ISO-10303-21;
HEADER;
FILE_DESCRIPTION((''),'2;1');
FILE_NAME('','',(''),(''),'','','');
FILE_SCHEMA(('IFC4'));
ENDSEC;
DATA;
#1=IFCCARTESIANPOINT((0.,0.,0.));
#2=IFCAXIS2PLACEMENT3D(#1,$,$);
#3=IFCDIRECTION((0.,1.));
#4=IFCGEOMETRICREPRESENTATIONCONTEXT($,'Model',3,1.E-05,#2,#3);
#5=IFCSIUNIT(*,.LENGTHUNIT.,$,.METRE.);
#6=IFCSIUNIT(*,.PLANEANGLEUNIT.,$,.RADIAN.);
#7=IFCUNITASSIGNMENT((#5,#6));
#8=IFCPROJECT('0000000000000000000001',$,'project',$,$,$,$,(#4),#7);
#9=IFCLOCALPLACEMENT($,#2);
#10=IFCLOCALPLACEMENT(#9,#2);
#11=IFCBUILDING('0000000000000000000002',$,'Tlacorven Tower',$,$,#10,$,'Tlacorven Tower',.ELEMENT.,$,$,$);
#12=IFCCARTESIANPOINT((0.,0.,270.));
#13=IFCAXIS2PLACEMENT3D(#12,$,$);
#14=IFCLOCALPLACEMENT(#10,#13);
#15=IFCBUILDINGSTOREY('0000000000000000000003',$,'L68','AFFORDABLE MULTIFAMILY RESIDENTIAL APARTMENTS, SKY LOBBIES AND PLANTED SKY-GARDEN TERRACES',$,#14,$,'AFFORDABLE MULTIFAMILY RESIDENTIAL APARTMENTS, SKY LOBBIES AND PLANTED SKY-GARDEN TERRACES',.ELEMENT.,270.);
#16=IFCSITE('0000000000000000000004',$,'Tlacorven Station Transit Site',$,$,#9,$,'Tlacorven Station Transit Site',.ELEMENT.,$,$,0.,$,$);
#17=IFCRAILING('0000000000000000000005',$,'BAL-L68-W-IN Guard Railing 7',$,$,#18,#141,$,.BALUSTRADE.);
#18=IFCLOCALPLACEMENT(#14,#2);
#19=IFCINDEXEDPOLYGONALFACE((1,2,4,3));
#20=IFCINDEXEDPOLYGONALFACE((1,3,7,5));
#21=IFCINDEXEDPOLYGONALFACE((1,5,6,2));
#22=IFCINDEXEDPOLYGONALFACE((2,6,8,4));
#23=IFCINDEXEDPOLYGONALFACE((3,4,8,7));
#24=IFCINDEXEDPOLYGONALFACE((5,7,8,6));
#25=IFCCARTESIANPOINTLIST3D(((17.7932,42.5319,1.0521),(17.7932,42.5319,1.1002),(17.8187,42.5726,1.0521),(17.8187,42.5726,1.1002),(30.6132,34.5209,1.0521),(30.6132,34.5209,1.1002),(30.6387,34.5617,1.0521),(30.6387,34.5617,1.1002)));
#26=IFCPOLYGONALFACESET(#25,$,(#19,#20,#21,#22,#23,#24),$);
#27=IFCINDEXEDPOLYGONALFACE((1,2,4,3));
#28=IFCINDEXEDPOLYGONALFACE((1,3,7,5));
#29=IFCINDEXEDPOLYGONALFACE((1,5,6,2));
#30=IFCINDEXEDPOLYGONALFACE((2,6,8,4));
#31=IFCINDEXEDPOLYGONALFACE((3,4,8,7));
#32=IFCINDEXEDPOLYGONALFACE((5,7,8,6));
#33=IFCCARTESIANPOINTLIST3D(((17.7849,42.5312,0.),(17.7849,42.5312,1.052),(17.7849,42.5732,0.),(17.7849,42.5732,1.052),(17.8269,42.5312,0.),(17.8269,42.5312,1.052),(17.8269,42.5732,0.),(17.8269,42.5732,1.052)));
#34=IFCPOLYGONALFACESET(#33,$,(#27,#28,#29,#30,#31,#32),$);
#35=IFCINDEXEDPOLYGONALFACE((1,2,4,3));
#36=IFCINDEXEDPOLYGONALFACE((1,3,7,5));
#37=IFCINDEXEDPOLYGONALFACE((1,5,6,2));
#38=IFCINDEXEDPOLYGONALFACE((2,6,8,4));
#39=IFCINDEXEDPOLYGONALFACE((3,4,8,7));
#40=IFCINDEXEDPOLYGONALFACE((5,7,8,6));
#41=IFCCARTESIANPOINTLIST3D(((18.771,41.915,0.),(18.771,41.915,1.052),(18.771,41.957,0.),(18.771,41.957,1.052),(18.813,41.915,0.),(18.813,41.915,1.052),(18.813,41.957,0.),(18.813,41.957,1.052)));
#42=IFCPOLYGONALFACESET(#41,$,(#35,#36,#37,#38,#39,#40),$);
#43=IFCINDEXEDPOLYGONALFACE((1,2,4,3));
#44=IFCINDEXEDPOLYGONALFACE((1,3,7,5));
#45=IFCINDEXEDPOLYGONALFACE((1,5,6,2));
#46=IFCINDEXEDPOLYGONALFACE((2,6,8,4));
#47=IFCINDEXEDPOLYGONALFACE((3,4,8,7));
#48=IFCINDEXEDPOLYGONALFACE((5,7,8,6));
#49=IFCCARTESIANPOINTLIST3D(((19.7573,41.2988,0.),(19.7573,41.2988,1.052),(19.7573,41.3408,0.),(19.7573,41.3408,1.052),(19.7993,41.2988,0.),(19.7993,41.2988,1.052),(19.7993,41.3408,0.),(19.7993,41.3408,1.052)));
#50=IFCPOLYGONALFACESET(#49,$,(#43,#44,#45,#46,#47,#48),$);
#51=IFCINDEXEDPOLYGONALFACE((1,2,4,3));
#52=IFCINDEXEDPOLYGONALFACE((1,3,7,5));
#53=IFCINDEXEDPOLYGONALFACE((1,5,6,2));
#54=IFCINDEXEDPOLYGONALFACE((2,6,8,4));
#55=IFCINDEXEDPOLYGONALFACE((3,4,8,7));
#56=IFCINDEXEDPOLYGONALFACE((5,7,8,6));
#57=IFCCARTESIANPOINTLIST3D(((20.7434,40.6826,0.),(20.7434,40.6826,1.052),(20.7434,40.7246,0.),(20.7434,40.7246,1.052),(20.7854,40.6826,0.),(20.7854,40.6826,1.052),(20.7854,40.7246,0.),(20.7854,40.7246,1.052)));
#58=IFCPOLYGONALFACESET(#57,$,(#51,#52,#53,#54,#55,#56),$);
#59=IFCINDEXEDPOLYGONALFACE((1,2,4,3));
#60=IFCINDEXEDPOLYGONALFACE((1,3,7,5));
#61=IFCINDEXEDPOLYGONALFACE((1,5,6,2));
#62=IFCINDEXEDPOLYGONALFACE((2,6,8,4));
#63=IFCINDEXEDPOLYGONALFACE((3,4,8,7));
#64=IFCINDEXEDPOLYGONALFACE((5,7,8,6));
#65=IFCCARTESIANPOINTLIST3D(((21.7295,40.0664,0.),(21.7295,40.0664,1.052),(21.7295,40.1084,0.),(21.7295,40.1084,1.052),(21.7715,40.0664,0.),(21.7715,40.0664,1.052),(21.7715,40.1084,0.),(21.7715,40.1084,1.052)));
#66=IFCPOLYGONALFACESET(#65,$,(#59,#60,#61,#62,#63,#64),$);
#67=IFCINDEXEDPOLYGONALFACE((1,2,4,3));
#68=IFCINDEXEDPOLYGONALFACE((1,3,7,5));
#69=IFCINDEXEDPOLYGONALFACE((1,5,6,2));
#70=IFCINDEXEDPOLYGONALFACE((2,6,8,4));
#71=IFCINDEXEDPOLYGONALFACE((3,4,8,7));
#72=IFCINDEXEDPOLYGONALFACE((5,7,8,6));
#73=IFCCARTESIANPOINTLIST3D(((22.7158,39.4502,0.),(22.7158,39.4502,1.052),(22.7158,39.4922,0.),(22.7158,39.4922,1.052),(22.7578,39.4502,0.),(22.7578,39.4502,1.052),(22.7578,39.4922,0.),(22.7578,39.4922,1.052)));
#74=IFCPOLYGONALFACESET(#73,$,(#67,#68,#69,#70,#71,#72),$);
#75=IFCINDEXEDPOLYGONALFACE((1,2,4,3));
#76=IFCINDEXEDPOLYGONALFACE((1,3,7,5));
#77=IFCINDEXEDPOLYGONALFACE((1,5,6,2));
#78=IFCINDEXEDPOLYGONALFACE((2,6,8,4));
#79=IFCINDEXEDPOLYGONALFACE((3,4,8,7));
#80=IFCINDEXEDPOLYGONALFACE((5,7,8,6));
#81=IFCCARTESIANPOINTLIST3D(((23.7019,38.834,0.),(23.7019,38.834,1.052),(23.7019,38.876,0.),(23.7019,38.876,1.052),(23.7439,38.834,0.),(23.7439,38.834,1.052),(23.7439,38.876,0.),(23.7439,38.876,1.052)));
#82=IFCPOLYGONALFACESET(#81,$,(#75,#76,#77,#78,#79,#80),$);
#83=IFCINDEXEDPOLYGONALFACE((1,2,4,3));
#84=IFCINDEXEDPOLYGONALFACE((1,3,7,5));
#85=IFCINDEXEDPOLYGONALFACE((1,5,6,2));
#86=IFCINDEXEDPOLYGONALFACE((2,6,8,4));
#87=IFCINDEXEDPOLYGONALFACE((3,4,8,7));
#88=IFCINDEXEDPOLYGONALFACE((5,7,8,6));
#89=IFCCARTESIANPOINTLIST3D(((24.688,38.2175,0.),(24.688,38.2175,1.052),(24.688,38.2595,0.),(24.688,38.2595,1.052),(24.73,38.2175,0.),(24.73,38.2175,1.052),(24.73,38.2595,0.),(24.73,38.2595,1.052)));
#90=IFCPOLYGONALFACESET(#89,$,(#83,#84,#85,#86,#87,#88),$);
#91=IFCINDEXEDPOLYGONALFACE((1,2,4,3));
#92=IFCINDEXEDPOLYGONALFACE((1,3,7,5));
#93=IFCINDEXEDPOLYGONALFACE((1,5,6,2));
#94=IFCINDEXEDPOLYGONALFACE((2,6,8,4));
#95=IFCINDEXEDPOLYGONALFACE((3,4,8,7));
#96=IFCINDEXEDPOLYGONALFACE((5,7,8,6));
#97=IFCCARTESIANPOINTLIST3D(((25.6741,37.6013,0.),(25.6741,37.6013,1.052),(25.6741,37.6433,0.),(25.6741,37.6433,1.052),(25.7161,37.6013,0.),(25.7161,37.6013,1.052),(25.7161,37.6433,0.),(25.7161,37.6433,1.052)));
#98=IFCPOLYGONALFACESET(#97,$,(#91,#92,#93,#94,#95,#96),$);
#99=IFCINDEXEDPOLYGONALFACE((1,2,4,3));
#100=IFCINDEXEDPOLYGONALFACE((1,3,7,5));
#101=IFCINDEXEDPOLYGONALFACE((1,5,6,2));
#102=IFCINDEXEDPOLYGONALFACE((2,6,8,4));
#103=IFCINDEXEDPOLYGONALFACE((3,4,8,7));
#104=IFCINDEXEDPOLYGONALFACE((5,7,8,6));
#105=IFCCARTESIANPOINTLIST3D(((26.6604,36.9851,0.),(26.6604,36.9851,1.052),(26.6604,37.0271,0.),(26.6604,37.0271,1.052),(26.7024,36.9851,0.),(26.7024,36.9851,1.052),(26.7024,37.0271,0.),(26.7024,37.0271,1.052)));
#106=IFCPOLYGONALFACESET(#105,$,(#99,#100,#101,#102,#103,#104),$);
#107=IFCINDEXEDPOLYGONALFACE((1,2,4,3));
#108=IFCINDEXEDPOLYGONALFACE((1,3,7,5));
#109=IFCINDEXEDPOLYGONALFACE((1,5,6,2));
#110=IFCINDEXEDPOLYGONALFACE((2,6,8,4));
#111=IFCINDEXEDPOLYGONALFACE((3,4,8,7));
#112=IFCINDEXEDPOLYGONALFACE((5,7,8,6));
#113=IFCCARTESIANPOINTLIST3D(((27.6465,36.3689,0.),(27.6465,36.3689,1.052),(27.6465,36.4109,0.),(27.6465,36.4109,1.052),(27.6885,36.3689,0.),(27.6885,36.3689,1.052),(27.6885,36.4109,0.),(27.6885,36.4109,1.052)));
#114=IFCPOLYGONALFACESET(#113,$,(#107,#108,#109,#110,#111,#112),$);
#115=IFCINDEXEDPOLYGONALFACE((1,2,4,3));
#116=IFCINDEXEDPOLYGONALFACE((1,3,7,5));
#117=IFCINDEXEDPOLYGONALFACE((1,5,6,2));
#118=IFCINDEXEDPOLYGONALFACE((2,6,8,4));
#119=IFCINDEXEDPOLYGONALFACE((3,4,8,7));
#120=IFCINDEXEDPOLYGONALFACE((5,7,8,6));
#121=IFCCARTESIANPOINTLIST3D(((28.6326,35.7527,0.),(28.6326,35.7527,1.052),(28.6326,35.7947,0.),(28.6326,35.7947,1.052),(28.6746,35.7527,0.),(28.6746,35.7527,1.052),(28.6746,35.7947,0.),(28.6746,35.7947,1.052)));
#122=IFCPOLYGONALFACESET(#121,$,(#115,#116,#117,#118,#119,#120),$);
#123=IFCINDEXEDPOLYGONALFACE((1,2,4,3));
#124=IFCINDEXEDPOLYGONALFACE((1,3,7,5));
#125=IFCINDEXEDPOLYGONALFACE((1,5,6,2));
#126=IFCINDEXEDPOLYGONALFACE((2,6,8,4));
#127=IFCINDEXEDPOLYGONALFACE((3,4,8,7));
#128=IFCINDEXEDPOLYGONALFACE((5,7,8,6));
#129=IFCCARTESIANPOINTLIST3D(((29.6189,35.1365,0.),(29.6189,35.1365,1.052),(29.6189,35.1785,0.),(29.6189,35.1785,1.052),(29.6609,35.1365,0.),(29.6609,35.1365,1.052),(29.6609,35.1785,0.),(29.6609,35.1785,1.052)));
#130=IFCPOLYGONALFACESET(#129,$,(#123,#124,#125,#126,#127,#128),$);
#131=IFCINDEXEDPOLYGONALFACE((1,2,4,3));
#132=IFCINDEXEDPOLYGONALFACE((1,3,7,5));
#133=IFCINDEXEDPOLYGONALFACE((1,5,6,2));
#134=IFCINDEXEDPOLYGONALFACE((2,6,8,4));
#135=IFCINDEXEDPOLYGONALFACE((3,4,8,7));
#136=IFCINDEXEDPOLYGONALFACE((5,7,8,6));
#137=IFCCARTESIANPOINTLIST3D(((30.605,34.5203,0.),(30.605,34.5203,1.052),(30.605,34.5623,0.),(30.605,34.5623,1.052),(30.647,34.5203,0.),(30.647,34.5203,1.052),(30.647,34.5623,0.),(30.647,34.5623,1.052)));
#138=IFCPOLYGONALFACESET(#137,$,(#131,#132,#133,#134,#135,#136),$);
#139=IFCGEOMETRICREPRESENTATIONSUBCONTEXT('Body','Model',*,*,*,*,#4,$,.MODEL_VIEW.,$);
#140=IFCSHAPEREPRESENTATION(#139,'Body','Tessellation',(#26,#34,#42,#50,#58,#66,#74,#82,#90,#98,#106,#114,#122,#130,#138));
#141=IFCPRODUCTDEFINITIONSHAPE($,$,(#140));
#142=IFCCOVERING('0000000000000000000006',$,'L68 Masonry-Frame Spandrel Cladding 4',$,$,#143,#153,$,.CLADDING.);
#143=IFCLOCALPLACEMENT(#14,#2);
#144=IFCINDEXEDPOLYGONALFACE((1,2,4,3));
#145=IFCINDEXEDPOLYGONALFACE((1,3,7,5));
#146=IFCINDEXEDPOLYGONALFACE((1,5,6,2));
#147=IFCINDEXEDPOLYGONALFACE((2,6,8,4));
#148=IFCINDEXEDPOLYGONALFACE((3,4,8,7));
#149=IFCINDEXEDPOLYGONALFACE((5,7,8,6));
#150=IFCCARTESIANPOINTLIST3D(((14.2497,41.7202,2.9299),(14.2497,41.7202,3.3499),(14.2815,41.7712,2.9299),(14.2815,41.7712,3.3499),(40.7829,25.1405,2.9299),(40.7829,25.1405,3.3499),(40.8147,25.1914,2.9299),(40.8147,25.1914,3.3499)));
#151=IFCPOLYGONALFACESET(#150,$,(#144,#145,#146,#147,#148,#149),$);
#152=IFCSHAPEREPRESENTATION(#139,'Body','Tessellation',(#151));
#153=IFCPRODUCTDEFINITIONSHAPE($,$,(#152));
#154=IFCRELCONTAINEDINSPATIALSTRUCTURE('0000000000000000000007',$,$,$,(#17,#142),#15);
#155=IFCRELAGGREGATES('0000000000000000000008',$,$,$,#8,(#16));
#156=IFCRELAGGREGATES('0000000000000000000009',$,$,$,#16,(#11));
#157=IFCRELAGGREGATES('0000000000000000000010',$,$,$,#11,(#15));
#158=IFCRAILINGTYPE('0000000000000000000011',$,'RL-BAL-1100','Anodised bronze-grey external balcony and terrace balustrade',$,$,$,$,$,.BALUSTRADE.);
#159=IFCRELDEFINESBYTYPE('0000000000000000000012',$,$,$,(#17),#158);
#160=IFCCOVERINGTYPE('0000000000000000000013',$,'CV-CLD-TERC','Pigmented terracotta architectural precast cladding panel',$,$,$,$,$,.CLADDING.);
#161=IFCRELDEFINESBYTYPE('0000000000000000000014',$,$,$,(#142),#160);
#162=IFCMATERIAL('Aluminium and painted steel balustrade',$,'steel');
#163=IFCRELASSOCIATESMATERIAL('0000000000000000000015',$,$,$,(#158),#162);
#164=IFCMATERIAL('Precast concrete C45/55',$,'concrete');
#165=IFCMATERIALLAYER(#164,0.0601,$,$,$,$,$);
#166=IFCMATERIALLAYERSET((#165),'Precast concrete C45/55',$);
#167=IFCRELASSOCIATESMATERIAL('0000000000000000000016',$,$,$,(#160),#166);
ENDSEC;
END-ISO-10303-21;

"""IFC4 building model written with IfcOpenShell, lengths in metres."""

from ifc_helpers import new_model, si_unit, direction, frame, origin, origin_2d, place, context, subcontext, project, spatial, rectangle, extrude, source, transform, mapped, material, layer, layer_set, type_object, element, save


model = new_model("IFC4")

# Units and contexts
model_context = context("Model", 3, precision=1e-05, world=origin(), true_north=direction((0.0, 1.0)))
body_context = subcontext(model_context, "Body", "Model", "MODEL_VIEW")
ifc_project = project(units=[si_unit("LENGTHUNIT", "METRE"), si_unit("PLANEANGLEUNIT", "RADIAN")], contexts=[model_context])

# Site, building, storey
site_placement = place(None, origin())
site = spatial("IfcSite", under=ifc_project, at=site_placement, Name="Tlacorven Station Transit Site", LongName="Tlacorven Station Transit Site", CompositionType="ELEMENT", RefElevation=0.0)
building_placement = place(site_placement, origin())
building = spatial("IfcBuilding", under=site, at=building_placement, Name="Tlacorven Tower", LongName="Tlacorven Tower", CompositionType="ELEMENT")
storey_placement = place(building_placement, frame((0.0, 0.0, 270.0)))
storey = spatial("IfcBuildingStorey", under=building, at=storey_placement, Name="L68", Description="AFFORDABLE MULTIFAMILY RESIDENTIAL APARTMENTS, SKY LOBBIES AND PLANTED SKY-GARDEN TERRACES", LongName="AFFORDABLE MULTIFAMILY RESIDENTIAL APARTMENTS, SKY LOBBIES AND PLANTED SKY-GARDEN TERRACES", CompositionType="ELEMENT", Elevation=270.0)

# Railing
ifc_material_1 = material(Name="Aluminium and painted steel balustrade", Category="steel")
railing_type = type_object("IfcRailingType", Name="RL-BAL-1100", Description="Anodised bronze-grey external balcony and terrace balustrade", PredefinedType="BALUSTRADE", material=ifc_material_1)
shared_shape_1 = source(origin(), body_context, "Body", "SweptSolid", [
    extrude(rectangle(XDim=0.0481, YDim=0.0481, at=origin_2d()), frame((0.0, 0.0, 1.0762), z_axis=(0.848045, -0.529925, 0.0), x_axis=(0.529925, 0.848045, 0.0)), (0.0, 0.0, 1.0), 15.1172),
    extrude(rectangle(XDim=0.042, YDim=0.042, at=origin_2d()), origin(), (0.0, 0.0, 1.0), 1.052),
    extrude(rectangle(XDim=0.042, YDim=0.042, at=origin_2d()), frame((0.9861, -0.6162, 0.0)), (0.0, 0.0, 1.0), 1.052),
    extrude(rectangle(XDim=0.042, YDim=0.042, at=origin_2d()), frame((1.9724, -1.2324, 0.0)), (0.0, 0.0, 1.0), 1.052),
    extrude(rectangle(XDim=0.042, YDim=0.042, at=origin_2d()), frame((2.9585, -1.8486, 0.0)), (0.0, 0.0, 1.0), 1.052),
    extrude(rectangle(XDim=0.042, YDim=0.042, at=origin_2d()), frame((3.9446, -2.4648, 0.0)), (0.0, 0.0, 1.0), 1.052),
    extrude(rectangle(XDim=0.042, YDim=0.042, at=origin_2d()), frame((4.9309, -3.0811, 0.0)), (0.0, 0.0, 1.0), 1.052),
    extrude(rectangle(XDim=0.042, YDim=0.042, at=origin_2d()), frame((5.917, -3.6973, 0.0)), (0.0, 0.0, 1.0), 1.052),
    extrude(rectangle(XDim=0.042, YDim=0.042, at=origin_2d()), frame((6.9031, -4.3137, 0.0)), (0.0, 0.0, 1.0), 1.052),
    extrude(rectangle(XDim=0.042, YDim=0.042, at=origin_2d()), frame((7.8892, -4.9299, 0.0)), (0.0, 0.0, 1.0), 1.052),
    extrude(rectangle(XDim=0.042, YDim=0.042, at=origin_2d()), frame((8.8755, -5.5461, 0.0)), (0.0, 0.0, 1.0), 1.052),
    extrude(rectangle(XDim=0.042, YDim=0.042, at=origin_2d()), frame((9.8616, -6.1624, 0.0)), (0.0, 0.0, 1.0), 1.052),
    extrude(rectangle(XDim=0.042, YDim=0.042, at=origin_2d()), frame((10.8477, -6.7786, 0.0)), (0.0, 0.0, 1.0), 1.052),
    extrude(rectangle(XDim=0.042, YDim=0.042, at=origin_2d()), frame((11.834, -7.3948, 0.0)), (0.0, 0.0, 1.0), 1.052),
    extrude(rectangle(XDim=0.042, YDim=0.042, at=origin_2d()), frame((12.8201, -8.011, 0.0)), (0.0, 0.0, 1.0), 1.052),
])
railing_1_placement = place(storey_placement, frame((17.8059, 42.5522, 0.0)))
element("IfcRailing", 1, at=railing_1_placement, inside=storey, type_object=railing_type, Name="BAL-L68-W-IN Guard Railing 7", PredefinedType="BALUSTRADE", context=body_context, shape_type="MappedRepresentation", body=[
    mapped(shared_shape_1, transform((0.0, 0.0, 0.0), scale=1.0)),
])

# Covering
ifc_material_2 = material(Name="Precast concrete C45/55", Category="concrete")
ifc_layer_1 = layer(ifc_material_2, 0.0601)
ifc_layer_set_1 = layer_set([ifc_layer_1], Name="Precast concrete C45/55")
covering_type = type_object("IfcCoveringType", Name="CV-CLD-TERC", Description="Pigmented terracotta architectural precast cladding panel", PredefinedType="CLADDING", material=ifc_layer_set_1)
shared_shape_2 = source(origin(), body_context, "Body", "SweptSolid", [
    extrude(rectangle(XDim=31.2874, YDim=0.0601, at=origin_2d()), origin(), (0.0, 0.0, 1.0), 0.4199),
])
covering_placement = place(storey_placement, frame((27.5322, 33.4558, 2.9299), z_axis=(0.0, 0.0, 1.0), x_axis=(0.848048, -0.529919, 0.0)))
element("IfcCovering", 2, at=covering_placement, inside=storey, type_object=covering_type, Name="L68 Masonry-Frame Spandrel Cladding 4", PredefinedType="CLADDING", context=body_context, shape_type="MappedRepresentation", body=[
    mapped(shared_shape_2, transform((0.0, 0.0, 0.0), scale=1.0)),
])

save(model, "model.ifc")
